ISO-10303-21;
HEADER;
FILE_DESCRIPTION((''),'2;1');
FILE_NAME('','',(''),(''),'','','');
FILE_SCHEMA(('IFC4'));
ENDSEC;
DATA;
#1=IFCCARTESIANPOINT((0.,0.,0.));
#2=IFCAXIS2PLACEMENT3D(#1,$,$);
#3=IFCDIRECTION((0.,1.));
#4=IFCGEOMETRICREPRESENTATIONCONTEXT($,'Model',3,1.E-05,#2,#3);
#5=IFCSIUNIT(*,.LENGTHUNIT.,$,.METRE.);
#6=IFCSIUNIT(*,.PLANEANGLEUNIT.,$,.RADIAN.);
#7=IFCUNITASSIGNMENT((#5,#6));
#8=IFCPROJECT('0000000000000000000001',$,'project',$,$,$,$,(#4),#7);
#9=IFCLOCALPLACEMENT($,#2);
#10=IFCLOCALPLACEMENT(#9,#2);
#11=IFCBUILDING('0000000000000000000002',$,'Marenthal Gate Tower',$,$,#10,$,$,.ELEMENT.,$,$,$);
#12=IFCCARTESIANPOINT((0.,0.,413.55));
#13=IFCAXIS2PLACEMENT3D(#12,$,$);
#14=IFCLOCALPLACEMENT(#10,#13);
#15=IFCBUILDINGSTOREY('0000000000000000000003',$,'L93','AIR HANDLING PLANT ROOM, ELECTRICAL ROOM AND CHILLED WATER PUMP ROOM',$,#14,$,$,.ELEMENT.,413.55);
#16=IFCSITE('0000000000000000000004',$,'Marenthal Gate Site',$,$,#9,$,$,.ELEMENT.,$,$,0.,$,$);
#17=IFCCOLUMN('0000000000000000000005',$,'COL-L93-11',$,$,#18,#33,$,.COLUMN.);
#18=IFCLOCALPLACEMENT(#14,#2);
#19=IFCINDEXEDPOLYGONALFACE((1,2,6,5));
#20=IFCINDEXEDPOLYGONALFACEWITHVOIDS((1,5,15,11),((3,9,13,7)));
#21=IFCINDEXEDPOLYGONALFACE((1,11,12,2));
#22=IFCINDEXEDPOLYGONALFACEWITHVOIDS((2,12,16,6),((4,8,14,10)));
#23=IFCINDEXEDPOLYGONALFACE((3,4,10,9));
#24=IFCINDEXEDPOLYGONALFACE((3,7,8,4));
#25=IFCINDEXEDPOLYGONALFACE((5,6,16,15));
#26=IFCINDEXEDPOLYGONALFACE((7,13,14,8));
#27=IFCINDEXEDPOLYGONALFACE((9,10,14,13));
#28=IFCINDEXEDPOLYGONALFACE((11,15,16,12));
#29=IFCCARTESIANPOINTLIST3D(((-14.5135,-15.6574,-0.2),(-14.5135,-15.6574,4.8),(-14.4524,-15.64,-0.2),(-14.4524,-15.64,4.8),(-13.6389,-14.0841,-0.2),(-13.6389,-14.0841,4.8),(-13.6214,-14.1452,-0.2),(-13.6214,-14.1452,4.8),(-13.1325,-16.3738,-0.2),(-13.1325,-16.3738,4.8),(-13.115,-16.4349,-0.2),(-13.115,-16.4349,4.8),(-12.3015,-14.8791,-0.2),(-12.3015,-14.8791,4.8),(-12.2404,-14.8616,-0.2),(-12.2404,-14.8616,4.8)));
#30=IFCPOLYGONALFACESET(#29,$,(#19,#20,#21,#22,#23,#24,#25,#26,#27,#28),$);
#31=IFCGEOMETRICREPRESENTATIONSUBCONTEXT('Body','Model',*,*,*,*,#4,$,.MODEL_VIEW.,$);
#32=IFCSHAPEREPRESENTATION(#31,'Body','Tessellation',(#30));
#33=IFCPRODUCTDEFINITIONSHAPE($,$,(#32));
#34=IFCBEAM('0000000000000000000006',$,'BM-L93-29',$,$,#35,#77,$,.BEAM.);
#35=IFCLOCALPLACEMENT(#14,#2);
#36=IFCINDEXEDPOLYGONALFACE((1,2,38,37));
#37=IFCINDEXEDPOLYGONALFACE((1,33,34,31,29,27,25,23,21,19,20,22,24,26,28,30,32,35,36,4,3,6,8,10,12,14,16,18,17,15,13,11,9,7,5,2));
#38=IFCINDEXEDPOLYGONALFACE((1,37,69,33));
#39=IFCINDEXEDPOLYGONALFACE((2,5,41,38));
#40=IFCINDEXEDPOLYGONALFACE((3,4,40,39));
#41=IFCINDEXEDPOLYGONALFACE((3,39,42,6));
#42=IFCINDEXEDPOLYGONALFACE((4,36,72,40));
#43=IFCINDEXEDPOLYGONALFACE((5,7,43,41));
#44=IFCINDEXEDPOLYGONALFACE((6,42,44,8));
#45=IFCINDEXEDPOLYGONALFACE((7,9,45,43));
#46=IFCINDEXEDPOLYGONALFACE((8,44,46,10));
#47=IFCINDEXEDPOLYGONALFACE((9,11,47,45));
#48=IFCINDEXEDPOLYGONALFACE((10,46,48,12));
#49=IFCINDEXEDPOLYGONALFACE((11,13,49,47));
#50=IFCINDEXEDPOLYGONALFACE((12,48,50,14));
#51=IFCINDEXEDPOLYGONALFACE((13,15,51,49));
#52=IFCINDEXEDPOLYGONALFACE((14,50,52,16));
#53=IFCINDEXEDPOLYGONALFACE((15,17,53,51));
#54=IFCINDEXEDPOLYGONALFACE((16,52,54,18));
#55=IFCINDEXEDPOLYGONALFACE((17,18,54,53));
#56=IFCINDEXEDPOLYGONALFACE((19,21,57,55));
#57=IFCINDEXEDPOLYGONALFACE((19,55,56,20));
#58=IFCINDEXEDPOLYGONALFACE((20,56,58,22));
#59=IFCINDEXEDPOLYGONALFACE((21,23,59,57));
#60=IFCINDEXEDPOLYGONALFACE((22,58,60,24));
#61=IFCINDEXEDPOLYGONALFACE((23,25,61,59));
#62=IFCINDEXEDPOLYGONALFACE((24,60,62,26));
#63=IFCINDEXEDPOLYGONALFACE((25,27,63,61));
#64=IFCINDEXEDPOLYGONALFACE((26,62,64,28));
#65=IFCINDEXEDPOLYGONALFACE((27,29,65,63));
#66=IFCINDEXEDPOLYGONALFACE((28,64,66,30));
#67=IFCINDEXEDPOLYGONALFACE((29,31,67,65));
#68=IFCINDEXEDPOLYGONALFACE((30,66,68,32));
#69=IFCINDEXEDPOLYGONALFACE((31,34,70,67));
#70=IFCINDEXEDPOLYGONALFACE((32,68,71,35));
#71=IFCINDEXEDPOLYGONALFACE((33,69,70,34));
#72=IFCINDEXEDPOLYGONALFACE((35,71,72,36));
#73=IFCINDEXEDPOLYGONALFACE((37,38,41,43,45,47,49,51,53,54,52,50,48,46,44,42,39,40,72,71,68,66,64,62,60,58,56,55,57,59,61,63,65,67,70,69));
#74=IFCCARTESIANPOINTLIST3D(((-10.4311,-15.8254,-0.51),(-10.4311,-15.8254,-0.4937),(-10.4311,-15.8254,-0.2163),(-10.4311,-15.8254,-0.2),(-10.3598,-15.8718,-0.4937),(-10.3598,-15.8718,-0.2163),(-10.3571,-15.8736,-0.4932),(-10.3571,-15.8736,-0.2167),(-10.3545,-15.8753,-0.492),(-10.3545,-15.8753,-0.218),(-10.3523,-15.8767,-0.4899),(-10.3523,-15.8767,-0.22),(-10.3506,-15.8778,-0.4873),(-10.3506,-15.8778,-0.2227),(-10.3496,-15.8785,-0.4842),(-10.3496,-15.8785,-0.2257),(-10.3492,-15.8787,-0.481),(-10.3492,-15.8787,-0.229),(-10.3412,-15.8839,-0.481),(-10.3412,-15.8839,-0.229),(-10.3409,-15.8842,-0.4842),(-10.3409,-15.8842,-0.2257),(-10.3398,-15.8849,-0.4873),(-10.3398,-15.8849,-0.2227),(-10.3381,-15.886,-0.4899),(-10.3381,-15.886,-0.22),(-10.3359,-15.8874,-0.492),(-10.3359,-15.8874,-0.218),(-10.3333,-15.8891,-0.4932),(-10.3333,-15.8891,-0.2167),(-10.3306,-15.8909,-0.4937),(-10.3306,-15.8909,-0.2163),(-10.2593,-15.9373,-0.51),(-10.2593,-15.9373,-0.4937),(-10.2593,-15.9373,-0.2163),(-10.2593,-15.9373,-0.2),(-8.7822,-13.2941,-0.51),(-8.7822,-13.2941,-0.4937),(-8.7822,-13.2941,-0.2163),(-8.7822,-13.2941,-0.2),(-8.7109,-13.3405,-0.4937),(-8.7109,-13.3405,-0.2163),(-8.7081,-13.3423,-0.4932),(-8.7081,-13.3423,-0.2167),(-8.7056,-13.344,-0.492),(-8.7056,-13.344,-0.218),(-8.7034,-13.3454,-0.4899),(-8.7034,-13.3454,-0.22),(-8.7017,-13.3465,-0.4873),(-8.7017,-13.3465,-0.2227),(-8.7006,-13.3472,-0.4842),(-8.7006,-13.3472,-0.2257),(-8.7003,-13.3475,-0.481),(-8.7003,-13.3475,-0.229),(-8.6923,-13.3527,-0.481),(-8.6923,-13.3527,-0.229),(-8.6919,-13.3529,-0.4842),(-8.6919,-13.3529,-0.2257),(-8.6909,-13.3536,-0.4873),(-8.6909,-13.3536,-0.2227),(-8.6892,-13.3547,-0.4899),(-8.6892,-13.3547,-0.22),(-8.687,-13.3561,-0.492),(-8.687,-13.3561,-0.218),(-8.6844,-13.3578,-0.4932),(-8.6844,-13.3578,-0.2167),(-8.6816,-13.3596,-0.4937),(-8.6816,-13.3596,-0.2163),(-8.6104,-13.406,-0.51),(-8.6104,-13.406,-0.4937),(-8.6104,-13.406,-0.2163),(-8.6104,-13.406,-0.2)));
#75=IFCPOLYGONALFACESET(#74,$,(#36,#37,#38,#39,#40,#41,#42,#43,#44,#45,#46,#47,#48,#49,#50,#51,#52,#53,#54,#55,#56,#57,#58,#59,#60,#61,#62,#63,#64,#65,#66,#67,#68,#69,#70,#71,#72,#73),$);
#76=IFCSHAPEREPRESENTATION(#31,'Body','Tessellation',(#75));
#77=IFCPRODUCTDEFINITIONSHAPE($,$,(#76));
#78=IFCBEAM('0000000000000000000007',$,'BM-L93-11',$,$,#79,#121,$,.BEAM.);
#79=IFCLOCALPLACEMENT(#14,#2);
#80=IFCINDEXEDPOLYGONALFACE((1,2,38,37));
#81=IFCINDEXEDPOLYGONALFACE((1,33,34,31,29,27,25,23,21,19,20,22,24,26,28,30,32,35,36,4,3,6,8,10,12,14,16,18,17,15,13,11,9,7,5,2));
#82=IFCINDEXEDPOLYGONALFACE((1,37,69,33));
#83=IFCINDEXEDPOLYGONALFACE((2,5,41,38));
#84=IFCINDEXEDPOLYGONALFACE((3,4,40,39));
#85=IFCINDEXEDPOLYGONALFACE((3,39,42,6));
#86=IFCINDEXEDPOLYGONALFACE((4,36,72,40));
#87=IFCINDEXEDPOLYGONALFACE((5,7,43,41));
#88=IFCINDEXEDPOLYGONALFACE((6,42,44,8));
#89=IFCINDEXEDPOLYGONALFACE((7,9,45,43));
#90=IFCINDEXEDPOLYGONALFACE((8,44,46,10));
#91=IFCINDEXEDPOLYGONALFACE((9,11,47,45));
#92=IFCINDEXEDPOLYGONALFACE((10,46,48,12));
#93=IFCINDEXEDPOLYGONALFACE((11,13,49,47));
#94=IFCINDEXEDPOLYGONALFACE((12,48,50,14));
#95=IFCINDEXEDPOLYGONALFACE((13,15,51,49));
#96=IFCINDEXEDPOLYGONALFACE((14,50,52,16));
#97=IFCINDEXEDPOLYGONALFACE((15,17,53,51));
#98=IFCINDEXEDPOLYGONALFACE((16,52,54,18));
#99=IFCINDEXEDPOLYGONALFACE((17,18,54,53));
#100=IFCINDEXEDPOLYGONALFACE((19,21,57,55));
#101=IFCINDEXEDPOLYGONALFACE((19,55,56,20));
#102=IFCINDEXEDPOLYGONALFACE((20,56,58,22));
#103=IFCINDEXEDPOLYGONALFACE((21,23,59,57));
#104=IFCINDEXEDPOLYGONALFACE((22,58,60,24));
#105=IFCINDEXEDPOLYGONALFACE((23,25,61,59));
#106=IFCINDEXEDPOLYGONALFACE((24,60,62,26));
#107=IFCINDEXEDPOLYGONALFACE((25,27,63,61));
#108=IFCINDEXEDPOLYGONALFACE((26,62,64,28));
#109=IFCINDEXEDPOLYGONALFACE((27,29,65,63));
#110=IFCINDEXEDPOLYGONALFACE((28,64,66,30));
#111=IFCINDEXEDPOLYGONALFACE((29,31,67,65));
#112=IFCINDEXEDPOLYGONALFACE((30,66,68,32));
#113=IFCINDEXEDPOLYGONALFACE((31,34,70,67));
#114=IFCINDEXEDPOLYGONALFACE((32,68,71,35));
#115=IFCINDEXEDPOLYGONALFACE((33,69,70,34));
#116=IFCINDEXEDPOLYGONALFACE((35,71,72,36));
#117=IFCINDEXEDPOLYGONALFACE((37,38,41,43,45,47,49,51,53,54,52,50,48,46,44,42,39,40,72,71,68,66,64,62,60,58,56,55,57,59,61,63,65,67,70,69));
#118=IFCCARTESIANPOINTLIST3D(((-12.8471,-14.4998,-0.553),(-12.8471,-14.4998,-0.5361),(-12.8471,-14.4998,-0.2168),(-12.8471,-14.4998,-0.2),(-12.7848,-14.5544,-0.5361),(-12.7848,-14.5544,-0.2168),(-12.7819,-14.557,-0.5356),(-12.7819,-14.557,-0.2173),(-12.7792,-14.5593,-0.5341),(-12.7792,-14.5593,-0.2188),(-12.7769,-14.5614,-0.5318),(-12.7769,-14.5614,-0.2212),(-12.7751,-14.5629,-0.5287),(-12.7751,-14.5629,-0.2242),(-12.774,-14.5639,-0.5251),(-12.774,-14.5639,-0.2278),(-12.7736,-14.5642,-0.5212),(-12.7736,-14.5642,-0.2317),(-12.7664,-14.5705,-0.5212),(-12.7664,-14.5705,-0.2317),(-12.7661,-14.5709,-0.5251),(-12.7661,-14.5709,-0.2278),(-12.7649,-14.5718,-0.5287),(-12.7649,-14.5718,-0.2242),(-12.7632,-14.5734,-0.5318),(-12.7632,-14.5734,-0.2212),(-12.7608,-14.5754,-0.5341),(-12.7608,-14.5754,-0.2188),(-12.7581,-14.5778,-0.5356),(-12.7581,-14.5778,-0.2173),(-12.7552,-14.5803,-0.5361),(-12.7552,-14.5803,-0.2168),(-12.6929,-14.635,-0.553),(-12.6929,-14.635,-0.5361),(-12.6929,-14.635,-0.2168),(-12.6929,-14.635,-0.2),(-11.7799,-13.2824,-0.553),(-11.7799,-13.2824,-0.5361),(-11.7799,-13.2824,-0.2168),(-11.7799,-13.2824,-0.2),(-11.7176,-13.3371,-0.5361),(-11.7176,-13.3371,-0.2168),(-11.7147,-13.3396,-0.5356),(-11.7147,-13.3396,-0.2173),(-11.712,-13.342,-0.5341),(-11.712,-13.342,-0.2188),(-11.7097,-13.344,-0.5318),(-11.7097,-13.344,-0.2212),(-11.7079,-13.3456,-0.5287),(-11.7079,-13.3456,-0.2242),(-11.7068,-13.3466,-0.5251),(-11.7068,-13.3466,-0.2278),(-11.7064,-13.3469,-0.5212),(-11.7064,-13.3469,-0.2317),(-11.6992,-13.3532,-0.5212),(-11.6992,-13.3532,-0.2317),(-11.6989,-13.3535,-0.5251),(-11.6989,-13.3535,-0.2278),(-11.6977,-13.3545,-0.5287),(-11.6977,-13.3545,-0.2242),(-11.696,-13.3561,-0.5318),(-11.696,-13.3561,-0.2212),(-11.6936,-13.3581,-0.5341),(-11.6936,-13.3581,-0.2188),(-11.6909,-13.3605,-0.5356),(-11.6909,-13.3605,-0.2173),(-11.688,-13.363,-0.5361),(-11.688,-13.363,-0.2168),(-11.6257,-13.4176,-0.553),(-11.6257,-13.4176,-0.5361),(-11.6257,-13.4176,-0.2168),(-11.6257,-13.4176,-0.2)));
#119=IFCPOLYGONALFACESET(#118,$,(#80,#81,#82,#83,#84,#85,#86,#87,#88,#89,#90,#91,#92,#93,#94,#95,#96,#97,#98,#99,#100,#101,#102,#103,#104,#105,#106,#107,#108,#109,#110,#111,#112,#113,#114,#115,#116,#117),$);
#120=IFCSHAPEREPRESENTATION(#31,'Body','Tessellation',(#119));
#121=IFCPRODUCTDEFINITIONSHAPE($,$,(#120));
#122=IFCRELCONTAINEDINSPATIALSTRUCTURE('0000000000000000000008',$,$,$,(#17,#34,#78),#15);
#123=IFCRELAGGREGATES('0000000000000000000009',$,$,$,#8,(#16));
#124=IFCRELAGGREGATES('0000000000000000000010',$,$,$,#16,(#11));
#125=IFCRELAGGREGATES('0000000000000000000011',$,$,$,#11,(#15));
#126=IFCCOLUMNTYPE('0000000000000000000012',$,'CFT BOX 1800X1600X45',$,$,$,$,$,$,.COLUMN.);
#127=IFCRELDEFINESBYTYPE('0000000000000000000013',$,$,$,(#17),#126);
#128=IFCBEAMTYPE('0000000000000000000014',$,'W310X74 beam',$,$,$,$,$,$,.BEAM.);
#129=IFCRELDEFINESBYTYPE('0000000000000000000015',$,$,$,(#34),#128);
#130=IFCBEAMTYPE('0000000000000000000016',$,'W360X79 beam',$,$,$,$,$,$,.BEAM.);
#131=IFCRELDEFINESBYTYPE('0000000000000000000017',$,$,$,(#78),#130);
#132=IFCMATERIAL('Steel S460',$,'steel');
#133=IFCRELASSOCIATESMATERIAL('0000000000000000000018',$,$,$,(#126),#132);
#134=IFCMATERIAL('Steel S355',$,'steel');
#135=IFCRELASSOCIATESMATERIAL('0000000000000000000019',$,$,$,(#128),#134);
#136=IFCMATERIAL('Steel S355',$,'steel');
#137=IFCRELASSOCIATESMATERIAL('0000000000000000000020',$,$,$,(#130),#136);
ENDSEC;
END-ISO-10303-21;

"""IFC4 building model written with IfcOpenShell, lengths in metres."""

from ifc_helpers import new_model, si_unit, direction, frame, origin, origin_2d, place, context, subcontext, project, spatial, rectangle, hollow_rectangle, i_section, extrude, material, material_profile, profile_set, type_object, element, save


model = new_model("IFC4")

# Units and contexts
model_context = context("Model", 3, precision=1e-05, world=origin(), true_north=direction((0.0, 1.0)))
body_context = subcontext(model_context, "Body", "Model", "MODEL_VIEW")
ifc_project = project(units=[si_unit("LENGTHUNIT", "METRE"), si_unit("PLANEANGLEUNIT", "RADIAN")], contexts=[model_context])

# Site, building, storey
site_placement = place(None, origin())
site = spatial("IfcSite", under=ifc_project, at=site_placement, Name="Marenthal Gate Site", CompositionType="ELEMENT", RefElevation=0.0)
building_placement = place(site_placement, origin())
building = spatial("IfcBuilding", under=site, at=building_placement, Name="Marenthal Gate Tower", CompositionType="ELEMENT")
storey_placement = place(building_placement, frame((0.0, 0.0, 413.55)))
storey = spatial("IfcBuildingStorey", under=building, at=storey_placement, Name="L93", Description="AIR HANDLING PLANT ROOM, ELECTRICAL ROOM AND CHILLED WATER PUMP ROOM", CompositionType="ELEMENT", Elevation=413.55)

# Column
ifc_material_1 = material(Name="Steel S460", Category="steel")
ifc_material_profile_1 = material_profile(ifc_material_1, hollow_rectangle(XDim=1.6001, YDim=1.8, WallThickness=0.0449, at=origin_2d()), Name="CFT BOX 1800X1600X45")
ifc_material_2 = material(Name="Concrete 70 MPa", Category="concrete")
ifc_material_profile_2 = material_profile(ifc_material_2, rectangle(XDim=1.51, YDim=1.71, at=origin_2d()), Name="CFT BOX 1800X1600X45 INFILL")
ifc_profile_set_1 = profile_set([ifc_material_profile_1, ifc_material_profile_2], Name="Steel S460 shell, Concrete 70 MPa infill")
column_type = type_object("IfcColumnType", Name="CFT BOX 1800X1600X45", PredefinedType="COLUMN", material=ifc_profile_set_1)
column_placement = place(storey_placement, frame((-13.377, -15.2595, -0.2), z_axis=(0.0, 0.0, 1.0), x_axis=(-0.874008, 0.485911, 0.0)))
element("IfcColumn", 1, at=column_placement, inside=storey, type_object=column_type, Name="COL-L93-11", PredefinedType="COLUMN", context=body_context, shape_type="SweptSolid", body=[
    extrude(hollow_rectangle(XDim=1.6001, YDim=1.8, WallThickness=0.0449, at=origin_2d()), origin(), (0.0, 0.0, 1.0), 5.0),
])

# Beams
ifc_material_3 = material(Name="Steel S355", Category="steel")
ifc_material_profile_3 = material_profile(ifc_material_3, i_section(OverallWidth=0.2051, OverallDepth=0.3101, WebThickness=0.0095, FlangeThickness=0.0164, FilletRadius=0.0127, at=origin_2d()), Name="W310X74")
ifc_profile_set_2 = profile_set([ifc_material_profile_3], Name="Steel S355")
beam_type_1 = type_object("IfcBeamType", Name="W310X74 beam", PredefinedType="BEAM", material=ifc_profile_set_2)
beam_1_placement = place(storey_placement, frame((-10.3452, -15.8813, -0.355), z_axis=(0.545829, 0.837897, 0.0), x_axis=(-0.837897, 0.545829, 0.0)))
element("IfcBeam", 2, at=beam_1_placement, inside=storey, type_object=beam_type_1, Name="BM-L93-29", PredefinedType="BEAM", context=body_context, shape_type="SweptSolid", body=[
    extrude(i_section(OverallWidth=0.2051, OverallDepth=0.3101, WebThickness=0.0095, FlangeThickness=0.0164, FilletRadius=0.0127, at=origin_2d()), origin(), (0.0, 0.0, 1.0), 3.021),
])
ifc_material_4 = material(Name="Steel S355", Category="steel")
ifc_material_profile_4 = material_profile(ifc_material_4, i_section(OverallWidth=0.2051, OverallDepth=0.353, WebThickness=0.0095, FlangeThickness=0.0168, FilletRadius=0.0149, at=origin_2d()), Name="W360X79")
ifc_profile_set_3 = profile_set([ifc_material_profile_4], Name="Steel S355")
beam_type_2 = type_object("IfcBeamType", Name="W360X79 beam", PredefinedType="BEAM", material=ifc_profile_set_3)
beam_2_placement = place(storey_placement, frame((-12.77, -14.5674, -0.3765), z_axis=(0.659209, 0.75196, 0.0), x_axis=(-0.75196, 0.659209, 0.0)))
element("IfcBeam", 3, at=beam_2_placement, inside=storey, type_object=beam_type_2, Name="BM-L93-11", PredefinedType="BEAM", context=body_context, shape_type="SweptSolid", body=[
    extrude(i_section(OverallWidth=0.2051, OverallDepth=0.353, WebThickness=0.0095, FlangeThickness=0.0168, FilletRadius=0.0149, at=origin_2d()), origin(), (0.0, 0.0, 1.0), 1.6189),
])

save(model, "model.ifc")
